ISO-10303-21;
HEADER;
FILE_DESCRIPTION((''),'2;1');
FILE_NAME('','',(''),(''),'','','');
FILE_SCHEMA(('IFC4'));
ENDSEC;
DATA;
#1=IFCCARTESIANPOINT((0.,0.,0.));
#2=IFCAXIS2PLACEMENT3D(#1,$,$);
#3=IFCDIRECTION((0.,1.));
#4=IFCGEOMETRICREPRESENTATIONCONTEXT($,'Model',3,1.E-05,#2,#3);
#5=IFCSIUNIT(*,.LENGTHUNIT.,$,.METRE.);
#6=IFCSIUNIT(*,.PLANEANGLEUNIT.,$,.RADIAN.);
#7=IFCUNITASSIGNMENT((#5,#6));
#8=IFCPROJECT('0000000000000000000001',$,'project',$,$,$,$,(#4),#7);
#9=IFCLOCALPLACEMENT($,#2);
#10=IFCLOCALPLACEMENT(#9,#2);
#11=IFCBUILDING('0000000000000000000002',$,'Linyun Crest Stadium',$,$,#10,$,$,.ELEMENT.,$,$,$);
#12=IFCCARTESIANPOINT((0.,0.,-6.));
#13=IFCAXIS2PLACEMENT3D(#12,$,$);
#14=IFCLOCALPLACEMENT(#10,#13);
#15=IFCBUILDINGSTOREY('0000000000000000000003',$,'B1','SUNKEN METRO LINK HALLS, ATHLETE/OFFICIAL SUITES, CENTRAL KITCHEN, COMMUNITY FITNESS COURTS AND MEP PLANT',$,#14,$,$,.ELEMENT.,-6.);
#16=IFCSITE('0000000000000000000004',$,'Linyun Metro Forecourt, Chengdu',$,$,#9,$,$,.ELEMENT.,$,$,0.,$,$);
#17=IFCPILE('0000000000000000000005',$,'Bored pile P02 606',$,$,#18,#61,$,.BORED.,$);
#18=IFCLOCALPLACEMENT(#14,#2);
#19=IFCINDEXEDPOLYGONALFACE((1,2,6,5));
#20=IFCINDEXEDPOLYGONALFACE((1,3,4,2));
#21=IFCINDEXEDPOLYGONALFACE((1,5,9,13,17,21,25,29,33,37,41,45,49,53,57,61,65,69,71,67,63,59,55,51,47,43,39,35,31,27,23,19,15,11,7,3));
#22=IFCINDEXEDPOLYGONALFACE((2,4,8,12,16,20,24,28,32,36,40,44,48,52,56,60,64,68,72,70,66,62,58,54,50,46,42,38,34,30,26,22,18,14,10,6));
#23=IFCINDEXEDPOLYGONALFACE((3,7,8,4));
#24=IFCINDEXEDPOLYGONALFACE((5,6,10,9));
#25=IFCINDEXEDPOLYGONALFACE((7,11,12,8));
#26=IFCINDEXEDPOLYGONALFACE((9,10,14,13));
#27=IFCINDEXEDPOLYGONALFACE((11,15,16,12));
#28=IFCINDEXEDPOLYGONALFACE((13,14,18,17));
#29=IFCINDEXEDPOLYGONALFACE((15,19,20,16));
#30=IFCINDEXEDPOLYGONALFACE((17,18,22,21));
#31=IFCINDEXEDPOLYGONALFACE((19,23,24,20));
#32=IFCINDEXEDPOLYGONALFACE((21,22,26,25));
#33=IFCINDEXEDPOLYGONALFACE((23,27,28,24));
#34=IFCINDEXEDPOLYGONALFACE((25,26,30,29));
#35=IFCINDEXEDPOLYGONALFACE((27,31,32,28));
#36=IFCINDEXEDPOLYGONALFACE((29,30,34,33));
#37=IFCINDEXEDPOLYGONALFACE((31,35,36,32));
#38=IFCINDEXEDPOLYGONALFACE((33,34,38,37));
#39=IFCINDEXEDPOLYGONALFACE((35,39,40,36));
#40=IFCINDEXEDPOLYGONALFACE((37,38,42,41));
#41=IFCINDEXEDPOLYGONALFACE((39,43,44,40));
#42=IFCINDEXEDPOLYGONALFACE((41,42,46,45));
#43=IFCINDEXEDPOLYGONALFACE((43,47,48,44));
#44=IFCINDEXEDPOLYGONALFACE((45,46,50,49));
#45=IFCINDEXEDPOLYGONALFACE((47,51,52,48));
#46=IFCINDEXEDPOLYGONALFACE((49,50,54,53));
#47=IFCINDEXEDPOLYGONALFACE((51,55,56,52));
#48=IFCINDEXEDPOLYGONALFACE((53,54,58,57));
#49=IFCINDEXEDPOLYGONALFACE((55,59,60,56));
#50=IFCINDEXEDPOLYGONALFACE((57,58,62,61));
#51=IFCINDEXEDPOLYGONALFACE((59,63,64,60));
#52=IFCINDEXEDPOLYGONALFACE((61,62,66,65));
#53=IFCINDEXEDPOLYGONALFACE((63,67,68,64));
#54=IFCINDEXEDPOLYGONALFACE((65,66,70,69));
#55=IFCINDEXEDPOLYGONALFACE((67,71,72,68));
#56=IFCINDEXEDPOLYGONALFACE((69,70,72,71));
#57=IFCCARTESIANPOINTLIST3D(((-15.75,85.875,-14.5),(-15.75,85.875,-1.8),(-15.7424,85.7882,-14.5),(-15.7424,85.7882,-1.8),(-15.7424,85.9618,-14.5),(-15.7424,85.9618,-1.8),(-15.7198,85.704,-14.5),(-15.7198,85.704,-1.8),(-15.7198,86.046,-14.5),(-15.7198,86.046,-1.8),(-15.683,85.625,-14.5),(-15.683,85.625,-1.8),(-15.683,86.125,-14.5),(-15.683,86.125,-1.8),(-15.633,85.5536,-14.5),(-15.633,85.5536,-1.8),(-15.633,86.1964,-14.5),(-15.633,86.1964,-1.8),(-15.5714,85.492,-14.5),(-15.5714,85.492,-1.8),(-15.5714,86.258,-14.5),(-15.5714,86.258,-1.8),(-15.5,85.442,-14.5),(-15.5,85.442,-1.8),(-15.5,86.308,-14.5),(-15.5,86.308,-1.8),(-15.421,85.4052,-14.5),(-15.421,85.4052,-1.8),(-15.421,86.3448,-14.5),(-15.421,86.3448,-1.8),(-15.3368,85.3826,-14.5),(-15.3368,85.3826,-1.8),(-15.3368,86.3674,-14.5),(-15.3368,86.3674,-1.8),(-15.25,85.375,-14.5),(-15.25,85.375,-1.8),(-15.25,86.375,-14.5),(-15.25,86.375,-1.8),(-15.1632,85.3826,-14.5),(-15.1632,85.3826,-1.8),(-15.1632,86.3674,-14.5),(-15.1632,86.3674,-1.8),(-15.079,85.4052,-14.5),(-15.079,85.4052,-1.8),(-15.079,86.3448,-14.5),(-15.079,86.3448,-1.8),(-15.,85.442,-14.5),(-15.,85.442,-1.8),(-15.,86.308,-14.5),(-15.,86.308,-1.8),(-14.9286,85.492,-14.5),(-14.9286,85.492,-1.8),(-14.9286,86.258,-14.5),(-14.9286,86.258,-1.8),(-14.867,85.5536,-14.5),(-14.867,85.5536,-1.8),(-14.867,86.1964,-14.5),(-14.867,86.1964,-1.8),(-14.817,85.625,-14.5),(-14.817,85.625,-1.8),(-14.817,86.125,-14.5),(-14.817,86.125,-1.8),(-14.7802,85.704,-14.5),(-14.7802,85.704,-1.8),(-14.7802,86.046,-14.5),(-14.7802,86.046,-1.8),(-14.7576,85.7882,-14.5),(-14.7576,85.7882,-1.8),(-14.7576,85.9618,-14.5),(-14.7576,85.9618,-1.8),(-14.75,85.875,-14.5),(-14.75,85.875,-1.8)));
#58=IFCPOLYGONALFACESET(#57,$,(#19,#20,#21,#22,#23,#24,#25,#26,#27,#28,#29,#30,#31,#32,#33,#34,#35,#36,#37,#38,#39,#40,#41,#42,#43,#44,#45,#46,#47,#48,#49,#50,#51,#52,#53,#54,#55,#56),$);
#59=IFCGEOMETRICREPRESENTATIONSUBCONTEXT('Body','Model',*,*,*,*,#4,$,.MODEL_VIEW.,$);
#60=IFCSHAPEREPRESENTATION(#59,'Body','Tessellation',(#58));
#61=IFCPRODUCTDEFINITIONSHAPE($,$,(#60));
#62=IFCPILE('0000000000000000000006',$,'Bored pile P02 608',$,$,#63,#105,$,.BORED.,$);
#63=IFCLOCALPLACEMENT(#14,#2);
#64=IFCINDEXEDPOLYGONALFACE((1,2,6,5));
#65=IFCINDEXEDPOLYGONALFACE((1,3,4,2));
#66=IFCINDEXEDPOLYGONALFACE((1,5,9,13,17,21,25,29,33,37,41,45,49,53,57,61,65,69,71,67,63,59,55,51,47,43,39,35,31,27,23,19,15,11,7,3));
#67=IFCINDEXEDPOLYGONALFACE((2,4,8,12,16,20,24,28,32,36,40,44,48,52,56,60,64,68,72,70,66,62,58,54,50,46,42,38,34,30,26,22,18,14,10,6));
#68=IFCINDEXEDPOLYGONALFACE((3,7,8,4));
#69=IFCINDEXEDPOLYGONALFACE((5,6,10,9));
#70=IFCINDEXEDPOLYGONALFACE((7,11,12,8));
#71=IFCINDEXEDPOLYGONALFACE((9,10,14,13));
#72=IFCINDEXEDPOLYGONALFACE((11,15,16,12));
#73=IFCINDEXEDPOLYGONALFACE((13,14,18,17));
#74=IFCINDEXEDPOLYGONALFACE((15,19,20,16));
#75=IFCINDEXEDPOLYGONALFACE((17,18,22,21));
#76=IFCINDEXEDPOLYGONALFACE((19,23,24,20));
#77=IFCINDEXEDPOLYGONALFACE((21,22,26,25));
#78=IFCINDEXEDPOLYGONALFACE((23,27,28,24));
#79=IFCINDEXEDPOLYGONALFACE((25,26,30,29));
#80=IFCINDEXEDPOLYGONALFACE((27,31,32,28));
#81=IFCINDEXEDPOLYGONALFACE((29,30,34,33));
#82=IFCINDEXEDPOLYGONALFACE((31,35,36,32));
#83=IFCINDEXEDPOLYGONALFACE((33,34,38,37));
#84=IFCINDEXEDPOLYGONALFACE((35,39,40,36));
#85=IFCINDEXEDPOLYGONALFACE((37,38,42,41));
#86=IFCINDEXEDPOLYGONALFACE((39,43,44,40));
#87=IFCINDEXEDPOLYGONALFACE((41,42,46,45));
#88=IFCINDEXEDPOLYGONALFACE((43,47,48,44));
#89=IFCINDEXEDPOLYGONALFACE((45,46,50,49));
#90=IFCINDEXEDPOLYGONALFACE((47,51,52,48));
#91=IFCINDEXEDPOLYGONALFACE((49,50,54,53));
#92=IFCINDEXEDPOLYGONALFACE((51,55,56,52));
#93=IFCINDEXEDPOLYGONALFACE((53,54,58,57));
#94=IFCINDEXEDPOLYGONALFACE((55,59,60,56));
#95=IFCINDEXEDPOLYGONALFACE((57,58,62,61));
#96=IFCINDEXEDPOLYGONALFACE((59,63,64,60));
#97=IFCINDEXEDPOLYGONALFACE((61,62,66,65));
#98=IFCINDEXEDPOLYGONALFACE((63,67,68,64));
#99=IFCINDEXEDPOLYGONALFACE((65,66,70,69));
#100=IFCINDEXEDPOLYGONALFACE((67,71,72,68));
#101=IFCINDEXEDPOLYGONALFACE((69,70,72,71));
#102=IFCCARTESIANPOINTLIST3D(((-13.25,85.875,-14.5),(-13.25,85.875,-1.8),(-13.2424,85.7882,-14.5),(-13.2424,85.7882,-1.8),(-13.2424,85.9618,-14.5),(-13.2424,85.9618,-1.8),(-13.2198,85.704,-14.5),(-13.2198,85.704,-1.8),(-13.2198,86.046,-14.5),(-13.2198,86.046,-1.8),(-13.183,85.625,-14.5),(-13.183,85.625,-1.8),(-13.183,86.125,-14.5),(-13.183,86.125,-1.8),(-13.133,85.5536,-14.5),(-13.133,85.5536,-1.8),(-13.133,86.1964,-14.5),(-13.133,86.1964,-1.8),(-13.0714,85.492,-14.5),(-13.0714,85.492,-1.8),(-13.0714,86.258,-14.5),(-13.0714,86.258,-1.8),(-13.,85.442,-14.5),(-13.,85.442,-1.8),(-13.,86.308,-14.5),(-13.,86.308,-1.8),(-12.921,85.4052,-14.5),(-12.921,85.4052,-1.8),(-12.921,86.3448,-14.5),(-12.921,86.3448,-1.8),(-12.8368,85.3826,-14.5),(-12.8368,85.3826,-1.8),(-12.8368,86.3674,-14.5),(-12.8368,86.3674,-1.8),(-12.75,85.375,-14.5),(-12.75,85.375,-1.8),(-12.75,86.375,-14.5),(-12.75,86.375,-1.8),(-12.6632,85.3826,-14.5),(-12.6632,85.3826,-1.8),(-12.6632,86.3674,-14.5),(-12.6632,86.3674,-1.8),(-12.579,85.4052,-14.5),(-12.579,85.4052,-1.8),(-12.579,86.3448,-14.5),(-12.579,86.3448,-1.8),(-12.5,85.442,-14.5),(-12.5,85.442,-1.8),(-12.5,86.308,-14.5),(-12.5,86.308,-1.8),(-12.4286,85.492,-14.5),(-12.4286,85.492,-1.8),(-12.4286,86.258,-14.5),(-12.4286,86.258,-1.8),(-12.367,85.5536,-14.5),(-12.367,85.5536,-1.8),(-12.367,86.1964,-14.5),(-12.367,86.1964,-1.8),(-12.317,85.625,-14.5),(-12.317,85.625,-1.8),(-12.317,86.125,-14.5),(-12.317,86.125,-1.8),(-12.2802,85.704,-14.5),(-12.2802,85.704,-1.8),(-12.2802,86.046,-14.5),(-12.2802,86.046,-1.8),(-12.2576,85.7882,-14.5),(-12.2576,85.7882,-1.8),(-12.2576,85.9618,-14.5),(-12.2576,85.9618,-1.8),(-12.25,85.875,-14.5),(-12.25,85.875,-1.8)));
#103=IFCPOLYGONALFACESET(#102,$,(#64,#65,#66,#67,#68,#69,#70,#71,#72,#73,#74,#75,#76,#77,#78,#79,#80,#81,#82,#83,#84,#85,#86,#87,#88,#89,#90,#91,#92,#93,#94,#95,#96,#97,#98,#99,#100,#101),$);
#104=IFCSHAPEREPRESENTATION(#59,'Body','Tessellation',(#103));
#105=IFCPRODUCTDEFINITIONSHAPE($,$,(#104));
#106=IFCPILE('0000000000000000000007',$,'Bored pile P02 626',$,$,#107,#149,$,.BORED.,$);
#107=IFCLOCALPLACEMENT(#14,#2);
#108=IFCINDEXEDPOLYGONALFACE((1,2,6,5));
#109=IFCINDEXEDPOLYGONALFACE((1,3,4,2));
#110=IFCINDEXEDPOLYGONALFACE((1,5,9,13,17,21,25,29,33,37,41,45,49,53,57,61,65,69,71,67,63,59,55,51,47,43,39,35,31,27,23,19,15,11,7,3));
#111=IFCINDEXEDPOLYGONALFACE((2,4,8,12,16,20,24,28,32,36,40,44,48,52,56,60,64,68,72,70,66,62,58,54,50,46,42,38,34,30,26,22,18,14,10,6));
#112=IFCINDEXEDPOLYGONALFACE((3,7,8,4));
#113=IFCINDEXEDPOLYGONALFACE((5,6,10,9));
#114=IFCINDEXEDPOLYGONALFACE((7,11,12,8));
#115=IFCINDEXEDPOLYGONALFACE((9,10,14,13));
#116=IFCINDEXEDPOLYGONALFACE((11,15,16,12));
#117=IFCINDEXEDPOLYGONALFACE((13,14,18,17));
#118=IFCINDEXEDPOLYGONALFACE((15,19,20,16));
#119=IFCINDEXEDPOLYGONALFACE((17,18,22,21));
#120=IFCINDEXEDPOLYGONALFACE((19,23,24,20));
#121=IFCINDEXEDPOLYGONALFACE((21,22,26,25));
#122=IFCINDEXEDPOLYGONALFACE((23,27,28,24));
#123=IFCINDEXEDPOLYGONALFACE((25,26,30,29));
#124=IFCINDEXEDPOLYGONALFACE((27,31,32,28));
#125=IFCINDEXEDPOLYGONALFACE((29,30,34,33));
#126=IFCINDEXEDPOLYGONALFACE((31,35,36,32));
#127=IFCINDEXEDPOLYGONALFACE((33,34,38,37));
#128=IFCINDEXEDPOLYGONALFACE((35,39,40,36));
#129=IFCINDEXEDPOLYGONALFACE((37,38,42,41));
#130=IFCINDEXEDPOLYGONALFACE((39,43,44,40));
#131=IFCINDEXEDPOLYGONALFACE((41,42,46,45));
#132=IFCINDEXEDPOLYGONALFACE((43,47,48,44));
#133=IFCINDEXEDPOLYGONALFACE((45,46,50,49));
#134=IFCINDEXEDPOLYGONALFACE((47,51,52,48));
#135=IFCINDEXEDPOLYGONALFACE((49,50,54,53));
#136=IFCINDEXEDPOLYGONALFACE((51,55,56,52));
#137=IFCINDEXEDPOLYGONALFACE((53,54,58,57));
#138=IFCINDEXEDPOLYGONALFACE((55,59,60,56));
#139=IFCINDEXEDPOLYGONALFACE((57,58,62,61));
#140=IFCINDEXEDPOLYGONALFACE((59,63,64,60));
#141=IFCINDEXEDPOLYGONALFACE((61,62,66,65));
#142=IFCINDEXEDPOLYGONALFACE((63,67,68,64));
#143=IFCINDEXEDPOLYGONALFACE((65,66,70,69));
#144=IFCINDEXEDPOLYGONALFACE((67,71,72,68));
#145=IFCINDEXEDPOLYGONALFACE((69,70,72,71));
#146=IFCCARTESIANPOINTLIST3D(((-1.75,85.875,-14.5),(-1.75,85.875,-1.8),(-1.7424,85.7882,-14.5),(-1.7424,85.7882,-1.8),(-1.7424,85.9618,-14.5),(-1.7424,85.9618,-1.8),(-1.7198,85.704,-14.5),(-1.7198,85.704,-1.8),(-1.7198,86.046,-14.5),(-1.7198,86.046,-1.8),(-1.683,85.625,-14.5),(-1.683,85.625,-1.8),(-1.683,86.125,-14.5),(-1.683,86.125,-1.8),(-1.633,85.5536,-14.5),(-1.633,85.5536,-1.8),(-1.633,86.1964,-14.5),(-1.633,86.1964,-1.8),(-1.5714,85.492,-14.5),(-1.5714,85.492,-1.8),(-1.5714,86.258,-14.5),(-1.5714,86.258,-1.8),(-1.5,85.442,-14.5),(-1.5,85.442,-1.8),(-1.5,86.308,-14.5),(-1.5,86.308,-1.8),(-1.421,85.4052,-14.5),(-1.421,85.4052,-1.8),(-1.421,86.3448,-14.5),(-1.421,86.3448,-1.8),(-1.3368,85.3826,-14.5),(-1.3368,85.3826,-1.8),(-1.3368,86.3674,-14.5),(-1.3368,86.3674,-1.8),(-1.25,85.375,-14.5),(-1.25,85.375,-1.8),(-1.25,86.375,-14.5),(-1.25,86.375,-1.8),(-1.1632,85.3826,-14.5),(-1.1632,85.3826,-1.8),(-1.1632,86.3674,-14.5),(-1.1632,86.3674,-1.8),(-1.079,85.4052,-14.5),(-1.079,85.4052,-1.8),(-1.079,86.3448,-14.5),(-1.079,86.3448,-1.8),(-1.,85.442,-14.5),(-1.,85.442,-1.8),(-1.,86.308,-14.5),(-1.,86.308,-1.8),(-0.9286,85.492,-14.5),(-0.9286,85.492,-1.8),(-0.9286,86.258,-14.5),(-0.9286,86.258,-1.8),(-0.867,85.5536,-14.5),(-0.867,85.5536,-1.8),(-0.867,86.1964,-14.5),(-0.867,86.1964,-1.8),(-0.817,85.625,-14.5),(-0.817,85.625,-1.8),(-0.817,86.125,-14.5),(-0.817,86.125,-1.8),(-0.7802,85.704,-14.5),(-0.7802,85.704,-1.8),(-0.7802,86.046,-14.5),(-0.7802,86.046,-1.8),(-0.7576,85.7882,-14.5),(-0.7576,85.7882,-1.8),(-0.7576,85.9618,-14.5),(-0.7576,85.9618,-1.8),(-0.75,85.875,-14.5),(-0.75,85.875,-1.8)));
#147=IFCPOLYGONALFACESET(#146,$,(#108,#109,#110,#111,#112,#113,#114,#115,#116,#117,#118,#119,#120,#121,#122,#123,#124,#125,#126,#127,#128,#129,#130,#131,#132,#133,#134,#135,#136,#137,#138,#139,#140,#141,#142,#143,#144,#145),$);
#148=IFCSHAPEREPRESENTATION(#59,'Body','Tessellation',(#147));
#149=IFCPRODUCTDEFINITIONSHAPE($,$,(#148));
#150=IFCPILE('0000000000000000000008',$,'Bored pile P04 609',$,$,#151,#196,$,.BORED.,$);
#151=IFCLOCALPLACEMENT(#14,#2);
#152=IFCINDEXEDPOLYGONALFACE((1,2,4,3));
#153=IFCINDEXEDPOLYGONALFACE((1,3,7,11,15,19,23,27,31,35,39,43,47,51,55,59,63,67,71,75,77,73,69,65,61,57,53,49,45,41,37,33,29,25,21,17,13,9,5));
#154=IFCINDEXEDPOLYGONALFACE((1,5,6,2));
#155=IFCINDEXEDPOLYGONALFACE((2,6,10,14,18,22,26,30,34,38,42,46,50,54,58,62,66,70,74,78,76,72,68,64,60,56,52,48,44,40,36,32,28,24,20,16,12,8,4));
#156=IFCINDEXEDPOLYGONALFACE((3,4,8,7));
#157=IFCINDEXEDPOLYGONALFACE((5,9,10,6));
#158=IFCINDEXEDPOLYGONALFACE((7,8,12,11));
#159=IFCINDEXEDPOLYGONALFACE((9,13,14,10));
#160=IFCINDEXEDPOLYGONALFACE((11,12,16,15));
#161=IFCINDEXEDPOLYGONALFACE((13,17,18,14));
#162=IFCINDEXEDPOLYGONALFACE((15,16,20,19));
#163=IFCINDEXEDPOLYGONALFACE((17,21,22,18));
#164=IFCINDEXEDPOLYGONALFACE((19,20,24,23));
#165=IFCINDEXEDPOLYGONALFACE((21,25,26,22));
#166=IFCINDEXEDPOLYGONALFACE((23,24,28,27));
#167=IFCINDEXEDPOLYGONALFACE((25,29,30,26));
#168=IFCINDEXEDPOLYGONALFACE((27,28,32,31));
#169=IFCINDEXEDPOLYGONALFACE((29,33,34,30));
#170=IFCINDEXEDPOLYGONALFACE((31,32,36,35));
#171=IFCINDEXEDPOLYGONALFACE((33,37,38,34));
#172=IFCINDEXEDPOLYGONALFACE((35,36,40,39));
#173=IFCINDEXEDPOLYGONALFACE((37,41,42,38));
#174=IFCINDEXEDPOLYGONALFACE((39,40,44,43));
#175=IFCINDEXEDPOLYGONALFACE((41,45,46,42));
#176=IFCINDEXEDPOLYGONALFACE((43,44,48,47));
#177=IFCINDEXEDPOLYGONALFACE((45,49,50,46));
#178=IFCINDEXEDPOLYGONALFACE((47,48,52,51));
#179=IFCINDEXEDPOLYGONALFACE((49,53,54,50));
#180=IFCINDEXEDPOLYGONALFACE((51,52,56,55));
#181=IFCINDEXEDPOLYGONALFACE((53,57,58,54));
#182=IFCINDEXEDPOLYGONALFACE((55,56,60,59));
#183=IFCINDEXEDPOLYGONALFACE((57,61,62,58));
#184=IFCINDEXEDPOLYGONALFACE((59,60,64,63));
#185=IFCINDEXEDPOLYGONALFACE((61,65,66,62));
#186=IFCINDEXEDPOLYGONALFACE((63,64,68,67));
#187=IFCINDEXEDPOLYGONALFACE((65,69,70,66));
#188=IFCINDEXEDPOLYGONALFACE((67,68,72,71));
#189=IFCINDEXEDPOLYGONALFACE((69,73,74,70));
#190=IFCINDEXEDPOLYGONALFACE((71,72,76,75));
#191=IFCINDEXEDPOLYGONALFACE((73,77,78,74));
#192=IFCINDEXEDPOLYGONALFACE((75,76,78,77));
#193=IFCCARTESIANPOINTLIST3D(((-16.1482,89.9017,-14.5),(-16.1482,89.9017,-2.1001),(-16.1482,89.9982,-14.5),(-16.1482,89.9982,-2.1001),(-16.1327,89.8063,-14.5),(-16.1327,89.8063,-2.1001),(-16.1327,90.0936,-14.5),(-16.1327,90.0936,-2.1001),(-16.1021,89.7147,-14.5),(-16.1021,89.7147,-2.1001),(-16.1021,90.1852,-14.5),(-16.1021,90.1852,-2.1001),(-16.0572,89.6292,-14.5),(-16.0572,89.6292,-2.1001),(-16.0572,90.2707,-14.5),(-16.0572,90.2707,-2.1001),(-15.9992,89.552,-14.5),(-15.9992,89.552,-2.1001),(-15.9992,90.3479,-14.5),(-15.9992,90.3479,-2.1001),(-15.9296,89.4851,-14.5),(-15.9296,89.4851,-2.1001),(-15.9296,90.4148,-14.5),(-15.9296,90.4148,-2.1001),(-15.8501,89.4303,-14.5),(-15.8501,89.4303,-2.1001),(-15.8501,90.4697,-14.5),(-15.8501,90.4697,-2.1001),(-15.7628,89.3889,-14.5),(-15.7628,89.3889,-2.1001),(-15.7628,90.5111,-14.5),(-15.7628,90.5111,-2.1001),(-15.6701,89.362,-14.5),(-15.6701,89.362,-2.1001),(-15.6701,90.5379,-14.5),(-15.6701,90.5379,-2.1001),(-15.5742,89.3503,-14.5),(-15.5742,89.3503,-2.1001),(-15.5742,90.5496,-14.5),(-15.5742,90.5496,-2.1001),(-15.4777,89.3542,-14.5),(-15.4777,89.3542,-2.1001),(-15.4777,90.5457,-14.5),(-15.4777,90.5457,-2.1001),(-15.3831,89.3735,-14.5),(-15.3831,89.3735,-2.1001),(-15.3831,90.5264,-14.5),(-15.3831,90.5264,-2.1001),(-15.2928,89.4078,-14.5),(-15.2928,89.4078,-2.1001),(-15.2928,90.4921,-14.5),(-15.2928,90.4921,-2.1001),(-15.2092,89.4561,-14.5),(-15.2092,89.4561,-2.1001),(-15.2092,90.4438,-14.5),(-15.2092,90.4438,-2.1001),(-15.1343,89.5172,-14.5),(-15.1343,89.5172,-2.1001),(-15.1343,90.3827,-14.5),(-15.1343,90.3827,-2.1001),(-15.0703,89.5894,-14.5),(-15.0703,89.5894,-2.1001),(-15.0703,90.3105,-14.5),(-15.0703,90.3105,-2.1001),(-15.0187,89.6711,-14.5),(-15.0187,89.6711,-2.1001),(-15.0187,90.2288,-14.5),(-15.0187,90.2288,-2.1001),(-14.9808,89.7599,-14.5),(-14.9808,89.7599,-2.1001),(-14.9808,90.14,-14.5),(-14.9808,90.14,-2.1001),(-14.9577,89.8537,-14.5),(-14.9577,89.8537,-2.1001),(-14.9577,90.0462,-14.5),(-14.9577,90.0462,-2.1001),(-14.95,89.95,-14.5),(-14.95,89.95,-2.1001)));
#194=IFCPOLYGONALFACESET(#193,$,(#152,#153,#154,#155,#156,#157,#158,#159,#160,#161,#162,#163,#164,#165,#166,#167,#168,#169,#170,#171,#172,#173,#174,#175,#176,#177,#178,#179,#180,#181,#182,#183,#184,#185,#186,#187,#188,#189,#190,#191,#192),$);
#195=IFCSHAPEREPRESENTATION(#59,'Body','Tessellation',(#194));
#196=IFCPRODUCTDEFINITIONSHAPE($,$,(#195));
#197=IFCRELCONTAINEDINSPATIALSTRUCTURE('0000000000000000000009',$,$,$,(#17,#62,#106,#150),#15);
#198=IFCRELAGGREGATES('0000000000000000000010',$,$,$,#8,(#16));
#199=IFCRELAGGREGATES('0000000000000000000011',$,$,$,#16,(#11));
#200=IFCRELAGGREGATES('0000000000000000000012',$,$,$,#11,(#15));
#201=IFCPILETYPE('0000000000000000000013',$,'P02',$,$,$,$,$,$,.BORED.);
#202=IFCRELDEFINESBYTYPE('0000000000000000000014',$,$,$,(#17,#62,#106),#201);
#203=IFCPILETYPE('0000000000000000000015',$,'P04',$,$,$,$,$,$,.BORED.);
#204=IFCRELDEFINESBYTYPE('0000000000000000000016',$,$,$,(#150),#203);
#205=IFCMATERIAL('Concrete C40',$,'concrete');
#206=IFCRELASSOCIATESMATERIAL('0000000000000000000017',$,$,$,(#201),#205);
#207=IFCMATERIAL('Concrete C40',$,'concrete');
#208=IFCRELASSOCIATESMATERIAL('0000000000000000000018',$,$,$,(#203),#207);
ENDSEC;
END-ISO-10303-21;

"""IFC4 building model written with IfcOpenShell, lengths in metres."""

from ifc_helpers import new_model, si_unit, direction, frame, origin, origin_2d, place, context, subcontext, project, spatial, circle, extrude, material, material_profile, profile_set, type_object, element, save


model = new_model("IFC4")

# Units and contexts
model_context = context("Model", 3, precision=1e-05, world=origin(), true_north=direction((0.0, 1.0)))
body_context = subcontext(model_context, "Body", "Model", "MODEL_VIEW")
ifc_project = project(units=[si_unit("LENGTHUNIT", "METRE"), si_unit("PLANEANGLEUNIT", "RADIAN")], contexts=[model_context])

# Site, building, storey
site_placement = place(None, origin())
site = spatial("IfcSite", under=ifc_project, at=site_placement, Name="Linyun Metro Forecourt, Chengdu", CompositionType="ELEMENT", RefElevation=0.0)
building_placement = place(site_placement, origin())
building = spatial("IfcBuilding", under=site, at=building_placement, Name="Linyun Crest Stadium", CompositionType="ELEMENT")
storey_placement = place(building_placement, frame((0.0, 0.0, -6.0)))
storey = spatial("IfcBuildingStorey", under=building, at=storey_placement, Name="B1", Description="SUNKEN METRO LINK HALLS, ATHLETE/OFFICIAL SUITES, CENTRAL KITCHEN, COMMUNITY FITNESS COURTS AND MEP PLANT", CompositionType="ELEMENT", Elevation=-6.0)

# Piles
ifc_material_1 = material(Name="Concrete C40", Category="concrete")
ifc_material_profile_1 = material_profile(ifc_material_1, circle(Radius=0.5, at=origin_2d()), Name="BORED PILE 1000")
ifc_profile_set_1 = profile_set([ifc_material_profile_1], Name="Concrete C40")
pile_type_1 = type_object("IfcPileType", Name="P02", PredefinedType="BORED", material=ifc_profile_set_1)
for number, where, z_axis, x_axis, name in (
    (1, (-15.25, 85.875, -1.8), (0.0, 0.0, -1.0), (1.0, 0.0, 0.0), "Bored pile P02 606"),
    (2, (-12.75, 85.875, -1.8), (0.0, 0.0, -1.0), (1.0, 0.0, 0.0), "Bored pile P02 608"),
    (3, (-1.25, 85.875, -1.8), (0.0, 0.0, -1.0), (1.0, 0.0, 0.0), "Bored pile P02 626"),
):
    element("IfcPile", number, at=place(storey_placement, frame(where, z_axis=z_axis, x_axis=x_axis)), inside=storey, type_object=pile_type_1, Name=name, PredefinedType="BORED", context=body_context, shape_type="SweptSolid", body=[
        extrude(circle(Radius=0.5, at=origin_2d()), origin(), (0.0, 0.0, 1.0), 12.7),
    ])
ifc_material_2 = material(Name="Concrete C40", Category="concrete")
ifc_material_profile_2 = material_profile(ifc_material_2, circle(Radius=0.6001, at=origin_2d()), Name="BORED PILE 1200")
ifc_profile_set_2 = profile_set([ifc_material_profile_2], Name="Concrete C40")
pile_type_2 = type_object("IfcPileType", Name="P04", PredefinedType="BORED", material=ifc_profile_set_2)
for number, where, z_axis, x_axis, name in (
    (4, (-15.55, 89.95, -2.1001), (0.0, 0.0, -1.0), (1.0, 0.0, 0.0), "Bored pile P04 609"),
):
    element("IfcPile", number, at=place(storey_placement, frame(where, z_axis=z_axis, x_axis=x_axis)), inside=storey, type_object=pile_type_2, Name=name, PredefinedType="BORED", context=body_context, shape_type="SweptSolid", body=[
        extrude(circle(Radius=0.6001, at=origin_2d()), origin(), (0.0, 0.0, 1.0), 12.3999),
    ])

save(model, "model.ifc")
